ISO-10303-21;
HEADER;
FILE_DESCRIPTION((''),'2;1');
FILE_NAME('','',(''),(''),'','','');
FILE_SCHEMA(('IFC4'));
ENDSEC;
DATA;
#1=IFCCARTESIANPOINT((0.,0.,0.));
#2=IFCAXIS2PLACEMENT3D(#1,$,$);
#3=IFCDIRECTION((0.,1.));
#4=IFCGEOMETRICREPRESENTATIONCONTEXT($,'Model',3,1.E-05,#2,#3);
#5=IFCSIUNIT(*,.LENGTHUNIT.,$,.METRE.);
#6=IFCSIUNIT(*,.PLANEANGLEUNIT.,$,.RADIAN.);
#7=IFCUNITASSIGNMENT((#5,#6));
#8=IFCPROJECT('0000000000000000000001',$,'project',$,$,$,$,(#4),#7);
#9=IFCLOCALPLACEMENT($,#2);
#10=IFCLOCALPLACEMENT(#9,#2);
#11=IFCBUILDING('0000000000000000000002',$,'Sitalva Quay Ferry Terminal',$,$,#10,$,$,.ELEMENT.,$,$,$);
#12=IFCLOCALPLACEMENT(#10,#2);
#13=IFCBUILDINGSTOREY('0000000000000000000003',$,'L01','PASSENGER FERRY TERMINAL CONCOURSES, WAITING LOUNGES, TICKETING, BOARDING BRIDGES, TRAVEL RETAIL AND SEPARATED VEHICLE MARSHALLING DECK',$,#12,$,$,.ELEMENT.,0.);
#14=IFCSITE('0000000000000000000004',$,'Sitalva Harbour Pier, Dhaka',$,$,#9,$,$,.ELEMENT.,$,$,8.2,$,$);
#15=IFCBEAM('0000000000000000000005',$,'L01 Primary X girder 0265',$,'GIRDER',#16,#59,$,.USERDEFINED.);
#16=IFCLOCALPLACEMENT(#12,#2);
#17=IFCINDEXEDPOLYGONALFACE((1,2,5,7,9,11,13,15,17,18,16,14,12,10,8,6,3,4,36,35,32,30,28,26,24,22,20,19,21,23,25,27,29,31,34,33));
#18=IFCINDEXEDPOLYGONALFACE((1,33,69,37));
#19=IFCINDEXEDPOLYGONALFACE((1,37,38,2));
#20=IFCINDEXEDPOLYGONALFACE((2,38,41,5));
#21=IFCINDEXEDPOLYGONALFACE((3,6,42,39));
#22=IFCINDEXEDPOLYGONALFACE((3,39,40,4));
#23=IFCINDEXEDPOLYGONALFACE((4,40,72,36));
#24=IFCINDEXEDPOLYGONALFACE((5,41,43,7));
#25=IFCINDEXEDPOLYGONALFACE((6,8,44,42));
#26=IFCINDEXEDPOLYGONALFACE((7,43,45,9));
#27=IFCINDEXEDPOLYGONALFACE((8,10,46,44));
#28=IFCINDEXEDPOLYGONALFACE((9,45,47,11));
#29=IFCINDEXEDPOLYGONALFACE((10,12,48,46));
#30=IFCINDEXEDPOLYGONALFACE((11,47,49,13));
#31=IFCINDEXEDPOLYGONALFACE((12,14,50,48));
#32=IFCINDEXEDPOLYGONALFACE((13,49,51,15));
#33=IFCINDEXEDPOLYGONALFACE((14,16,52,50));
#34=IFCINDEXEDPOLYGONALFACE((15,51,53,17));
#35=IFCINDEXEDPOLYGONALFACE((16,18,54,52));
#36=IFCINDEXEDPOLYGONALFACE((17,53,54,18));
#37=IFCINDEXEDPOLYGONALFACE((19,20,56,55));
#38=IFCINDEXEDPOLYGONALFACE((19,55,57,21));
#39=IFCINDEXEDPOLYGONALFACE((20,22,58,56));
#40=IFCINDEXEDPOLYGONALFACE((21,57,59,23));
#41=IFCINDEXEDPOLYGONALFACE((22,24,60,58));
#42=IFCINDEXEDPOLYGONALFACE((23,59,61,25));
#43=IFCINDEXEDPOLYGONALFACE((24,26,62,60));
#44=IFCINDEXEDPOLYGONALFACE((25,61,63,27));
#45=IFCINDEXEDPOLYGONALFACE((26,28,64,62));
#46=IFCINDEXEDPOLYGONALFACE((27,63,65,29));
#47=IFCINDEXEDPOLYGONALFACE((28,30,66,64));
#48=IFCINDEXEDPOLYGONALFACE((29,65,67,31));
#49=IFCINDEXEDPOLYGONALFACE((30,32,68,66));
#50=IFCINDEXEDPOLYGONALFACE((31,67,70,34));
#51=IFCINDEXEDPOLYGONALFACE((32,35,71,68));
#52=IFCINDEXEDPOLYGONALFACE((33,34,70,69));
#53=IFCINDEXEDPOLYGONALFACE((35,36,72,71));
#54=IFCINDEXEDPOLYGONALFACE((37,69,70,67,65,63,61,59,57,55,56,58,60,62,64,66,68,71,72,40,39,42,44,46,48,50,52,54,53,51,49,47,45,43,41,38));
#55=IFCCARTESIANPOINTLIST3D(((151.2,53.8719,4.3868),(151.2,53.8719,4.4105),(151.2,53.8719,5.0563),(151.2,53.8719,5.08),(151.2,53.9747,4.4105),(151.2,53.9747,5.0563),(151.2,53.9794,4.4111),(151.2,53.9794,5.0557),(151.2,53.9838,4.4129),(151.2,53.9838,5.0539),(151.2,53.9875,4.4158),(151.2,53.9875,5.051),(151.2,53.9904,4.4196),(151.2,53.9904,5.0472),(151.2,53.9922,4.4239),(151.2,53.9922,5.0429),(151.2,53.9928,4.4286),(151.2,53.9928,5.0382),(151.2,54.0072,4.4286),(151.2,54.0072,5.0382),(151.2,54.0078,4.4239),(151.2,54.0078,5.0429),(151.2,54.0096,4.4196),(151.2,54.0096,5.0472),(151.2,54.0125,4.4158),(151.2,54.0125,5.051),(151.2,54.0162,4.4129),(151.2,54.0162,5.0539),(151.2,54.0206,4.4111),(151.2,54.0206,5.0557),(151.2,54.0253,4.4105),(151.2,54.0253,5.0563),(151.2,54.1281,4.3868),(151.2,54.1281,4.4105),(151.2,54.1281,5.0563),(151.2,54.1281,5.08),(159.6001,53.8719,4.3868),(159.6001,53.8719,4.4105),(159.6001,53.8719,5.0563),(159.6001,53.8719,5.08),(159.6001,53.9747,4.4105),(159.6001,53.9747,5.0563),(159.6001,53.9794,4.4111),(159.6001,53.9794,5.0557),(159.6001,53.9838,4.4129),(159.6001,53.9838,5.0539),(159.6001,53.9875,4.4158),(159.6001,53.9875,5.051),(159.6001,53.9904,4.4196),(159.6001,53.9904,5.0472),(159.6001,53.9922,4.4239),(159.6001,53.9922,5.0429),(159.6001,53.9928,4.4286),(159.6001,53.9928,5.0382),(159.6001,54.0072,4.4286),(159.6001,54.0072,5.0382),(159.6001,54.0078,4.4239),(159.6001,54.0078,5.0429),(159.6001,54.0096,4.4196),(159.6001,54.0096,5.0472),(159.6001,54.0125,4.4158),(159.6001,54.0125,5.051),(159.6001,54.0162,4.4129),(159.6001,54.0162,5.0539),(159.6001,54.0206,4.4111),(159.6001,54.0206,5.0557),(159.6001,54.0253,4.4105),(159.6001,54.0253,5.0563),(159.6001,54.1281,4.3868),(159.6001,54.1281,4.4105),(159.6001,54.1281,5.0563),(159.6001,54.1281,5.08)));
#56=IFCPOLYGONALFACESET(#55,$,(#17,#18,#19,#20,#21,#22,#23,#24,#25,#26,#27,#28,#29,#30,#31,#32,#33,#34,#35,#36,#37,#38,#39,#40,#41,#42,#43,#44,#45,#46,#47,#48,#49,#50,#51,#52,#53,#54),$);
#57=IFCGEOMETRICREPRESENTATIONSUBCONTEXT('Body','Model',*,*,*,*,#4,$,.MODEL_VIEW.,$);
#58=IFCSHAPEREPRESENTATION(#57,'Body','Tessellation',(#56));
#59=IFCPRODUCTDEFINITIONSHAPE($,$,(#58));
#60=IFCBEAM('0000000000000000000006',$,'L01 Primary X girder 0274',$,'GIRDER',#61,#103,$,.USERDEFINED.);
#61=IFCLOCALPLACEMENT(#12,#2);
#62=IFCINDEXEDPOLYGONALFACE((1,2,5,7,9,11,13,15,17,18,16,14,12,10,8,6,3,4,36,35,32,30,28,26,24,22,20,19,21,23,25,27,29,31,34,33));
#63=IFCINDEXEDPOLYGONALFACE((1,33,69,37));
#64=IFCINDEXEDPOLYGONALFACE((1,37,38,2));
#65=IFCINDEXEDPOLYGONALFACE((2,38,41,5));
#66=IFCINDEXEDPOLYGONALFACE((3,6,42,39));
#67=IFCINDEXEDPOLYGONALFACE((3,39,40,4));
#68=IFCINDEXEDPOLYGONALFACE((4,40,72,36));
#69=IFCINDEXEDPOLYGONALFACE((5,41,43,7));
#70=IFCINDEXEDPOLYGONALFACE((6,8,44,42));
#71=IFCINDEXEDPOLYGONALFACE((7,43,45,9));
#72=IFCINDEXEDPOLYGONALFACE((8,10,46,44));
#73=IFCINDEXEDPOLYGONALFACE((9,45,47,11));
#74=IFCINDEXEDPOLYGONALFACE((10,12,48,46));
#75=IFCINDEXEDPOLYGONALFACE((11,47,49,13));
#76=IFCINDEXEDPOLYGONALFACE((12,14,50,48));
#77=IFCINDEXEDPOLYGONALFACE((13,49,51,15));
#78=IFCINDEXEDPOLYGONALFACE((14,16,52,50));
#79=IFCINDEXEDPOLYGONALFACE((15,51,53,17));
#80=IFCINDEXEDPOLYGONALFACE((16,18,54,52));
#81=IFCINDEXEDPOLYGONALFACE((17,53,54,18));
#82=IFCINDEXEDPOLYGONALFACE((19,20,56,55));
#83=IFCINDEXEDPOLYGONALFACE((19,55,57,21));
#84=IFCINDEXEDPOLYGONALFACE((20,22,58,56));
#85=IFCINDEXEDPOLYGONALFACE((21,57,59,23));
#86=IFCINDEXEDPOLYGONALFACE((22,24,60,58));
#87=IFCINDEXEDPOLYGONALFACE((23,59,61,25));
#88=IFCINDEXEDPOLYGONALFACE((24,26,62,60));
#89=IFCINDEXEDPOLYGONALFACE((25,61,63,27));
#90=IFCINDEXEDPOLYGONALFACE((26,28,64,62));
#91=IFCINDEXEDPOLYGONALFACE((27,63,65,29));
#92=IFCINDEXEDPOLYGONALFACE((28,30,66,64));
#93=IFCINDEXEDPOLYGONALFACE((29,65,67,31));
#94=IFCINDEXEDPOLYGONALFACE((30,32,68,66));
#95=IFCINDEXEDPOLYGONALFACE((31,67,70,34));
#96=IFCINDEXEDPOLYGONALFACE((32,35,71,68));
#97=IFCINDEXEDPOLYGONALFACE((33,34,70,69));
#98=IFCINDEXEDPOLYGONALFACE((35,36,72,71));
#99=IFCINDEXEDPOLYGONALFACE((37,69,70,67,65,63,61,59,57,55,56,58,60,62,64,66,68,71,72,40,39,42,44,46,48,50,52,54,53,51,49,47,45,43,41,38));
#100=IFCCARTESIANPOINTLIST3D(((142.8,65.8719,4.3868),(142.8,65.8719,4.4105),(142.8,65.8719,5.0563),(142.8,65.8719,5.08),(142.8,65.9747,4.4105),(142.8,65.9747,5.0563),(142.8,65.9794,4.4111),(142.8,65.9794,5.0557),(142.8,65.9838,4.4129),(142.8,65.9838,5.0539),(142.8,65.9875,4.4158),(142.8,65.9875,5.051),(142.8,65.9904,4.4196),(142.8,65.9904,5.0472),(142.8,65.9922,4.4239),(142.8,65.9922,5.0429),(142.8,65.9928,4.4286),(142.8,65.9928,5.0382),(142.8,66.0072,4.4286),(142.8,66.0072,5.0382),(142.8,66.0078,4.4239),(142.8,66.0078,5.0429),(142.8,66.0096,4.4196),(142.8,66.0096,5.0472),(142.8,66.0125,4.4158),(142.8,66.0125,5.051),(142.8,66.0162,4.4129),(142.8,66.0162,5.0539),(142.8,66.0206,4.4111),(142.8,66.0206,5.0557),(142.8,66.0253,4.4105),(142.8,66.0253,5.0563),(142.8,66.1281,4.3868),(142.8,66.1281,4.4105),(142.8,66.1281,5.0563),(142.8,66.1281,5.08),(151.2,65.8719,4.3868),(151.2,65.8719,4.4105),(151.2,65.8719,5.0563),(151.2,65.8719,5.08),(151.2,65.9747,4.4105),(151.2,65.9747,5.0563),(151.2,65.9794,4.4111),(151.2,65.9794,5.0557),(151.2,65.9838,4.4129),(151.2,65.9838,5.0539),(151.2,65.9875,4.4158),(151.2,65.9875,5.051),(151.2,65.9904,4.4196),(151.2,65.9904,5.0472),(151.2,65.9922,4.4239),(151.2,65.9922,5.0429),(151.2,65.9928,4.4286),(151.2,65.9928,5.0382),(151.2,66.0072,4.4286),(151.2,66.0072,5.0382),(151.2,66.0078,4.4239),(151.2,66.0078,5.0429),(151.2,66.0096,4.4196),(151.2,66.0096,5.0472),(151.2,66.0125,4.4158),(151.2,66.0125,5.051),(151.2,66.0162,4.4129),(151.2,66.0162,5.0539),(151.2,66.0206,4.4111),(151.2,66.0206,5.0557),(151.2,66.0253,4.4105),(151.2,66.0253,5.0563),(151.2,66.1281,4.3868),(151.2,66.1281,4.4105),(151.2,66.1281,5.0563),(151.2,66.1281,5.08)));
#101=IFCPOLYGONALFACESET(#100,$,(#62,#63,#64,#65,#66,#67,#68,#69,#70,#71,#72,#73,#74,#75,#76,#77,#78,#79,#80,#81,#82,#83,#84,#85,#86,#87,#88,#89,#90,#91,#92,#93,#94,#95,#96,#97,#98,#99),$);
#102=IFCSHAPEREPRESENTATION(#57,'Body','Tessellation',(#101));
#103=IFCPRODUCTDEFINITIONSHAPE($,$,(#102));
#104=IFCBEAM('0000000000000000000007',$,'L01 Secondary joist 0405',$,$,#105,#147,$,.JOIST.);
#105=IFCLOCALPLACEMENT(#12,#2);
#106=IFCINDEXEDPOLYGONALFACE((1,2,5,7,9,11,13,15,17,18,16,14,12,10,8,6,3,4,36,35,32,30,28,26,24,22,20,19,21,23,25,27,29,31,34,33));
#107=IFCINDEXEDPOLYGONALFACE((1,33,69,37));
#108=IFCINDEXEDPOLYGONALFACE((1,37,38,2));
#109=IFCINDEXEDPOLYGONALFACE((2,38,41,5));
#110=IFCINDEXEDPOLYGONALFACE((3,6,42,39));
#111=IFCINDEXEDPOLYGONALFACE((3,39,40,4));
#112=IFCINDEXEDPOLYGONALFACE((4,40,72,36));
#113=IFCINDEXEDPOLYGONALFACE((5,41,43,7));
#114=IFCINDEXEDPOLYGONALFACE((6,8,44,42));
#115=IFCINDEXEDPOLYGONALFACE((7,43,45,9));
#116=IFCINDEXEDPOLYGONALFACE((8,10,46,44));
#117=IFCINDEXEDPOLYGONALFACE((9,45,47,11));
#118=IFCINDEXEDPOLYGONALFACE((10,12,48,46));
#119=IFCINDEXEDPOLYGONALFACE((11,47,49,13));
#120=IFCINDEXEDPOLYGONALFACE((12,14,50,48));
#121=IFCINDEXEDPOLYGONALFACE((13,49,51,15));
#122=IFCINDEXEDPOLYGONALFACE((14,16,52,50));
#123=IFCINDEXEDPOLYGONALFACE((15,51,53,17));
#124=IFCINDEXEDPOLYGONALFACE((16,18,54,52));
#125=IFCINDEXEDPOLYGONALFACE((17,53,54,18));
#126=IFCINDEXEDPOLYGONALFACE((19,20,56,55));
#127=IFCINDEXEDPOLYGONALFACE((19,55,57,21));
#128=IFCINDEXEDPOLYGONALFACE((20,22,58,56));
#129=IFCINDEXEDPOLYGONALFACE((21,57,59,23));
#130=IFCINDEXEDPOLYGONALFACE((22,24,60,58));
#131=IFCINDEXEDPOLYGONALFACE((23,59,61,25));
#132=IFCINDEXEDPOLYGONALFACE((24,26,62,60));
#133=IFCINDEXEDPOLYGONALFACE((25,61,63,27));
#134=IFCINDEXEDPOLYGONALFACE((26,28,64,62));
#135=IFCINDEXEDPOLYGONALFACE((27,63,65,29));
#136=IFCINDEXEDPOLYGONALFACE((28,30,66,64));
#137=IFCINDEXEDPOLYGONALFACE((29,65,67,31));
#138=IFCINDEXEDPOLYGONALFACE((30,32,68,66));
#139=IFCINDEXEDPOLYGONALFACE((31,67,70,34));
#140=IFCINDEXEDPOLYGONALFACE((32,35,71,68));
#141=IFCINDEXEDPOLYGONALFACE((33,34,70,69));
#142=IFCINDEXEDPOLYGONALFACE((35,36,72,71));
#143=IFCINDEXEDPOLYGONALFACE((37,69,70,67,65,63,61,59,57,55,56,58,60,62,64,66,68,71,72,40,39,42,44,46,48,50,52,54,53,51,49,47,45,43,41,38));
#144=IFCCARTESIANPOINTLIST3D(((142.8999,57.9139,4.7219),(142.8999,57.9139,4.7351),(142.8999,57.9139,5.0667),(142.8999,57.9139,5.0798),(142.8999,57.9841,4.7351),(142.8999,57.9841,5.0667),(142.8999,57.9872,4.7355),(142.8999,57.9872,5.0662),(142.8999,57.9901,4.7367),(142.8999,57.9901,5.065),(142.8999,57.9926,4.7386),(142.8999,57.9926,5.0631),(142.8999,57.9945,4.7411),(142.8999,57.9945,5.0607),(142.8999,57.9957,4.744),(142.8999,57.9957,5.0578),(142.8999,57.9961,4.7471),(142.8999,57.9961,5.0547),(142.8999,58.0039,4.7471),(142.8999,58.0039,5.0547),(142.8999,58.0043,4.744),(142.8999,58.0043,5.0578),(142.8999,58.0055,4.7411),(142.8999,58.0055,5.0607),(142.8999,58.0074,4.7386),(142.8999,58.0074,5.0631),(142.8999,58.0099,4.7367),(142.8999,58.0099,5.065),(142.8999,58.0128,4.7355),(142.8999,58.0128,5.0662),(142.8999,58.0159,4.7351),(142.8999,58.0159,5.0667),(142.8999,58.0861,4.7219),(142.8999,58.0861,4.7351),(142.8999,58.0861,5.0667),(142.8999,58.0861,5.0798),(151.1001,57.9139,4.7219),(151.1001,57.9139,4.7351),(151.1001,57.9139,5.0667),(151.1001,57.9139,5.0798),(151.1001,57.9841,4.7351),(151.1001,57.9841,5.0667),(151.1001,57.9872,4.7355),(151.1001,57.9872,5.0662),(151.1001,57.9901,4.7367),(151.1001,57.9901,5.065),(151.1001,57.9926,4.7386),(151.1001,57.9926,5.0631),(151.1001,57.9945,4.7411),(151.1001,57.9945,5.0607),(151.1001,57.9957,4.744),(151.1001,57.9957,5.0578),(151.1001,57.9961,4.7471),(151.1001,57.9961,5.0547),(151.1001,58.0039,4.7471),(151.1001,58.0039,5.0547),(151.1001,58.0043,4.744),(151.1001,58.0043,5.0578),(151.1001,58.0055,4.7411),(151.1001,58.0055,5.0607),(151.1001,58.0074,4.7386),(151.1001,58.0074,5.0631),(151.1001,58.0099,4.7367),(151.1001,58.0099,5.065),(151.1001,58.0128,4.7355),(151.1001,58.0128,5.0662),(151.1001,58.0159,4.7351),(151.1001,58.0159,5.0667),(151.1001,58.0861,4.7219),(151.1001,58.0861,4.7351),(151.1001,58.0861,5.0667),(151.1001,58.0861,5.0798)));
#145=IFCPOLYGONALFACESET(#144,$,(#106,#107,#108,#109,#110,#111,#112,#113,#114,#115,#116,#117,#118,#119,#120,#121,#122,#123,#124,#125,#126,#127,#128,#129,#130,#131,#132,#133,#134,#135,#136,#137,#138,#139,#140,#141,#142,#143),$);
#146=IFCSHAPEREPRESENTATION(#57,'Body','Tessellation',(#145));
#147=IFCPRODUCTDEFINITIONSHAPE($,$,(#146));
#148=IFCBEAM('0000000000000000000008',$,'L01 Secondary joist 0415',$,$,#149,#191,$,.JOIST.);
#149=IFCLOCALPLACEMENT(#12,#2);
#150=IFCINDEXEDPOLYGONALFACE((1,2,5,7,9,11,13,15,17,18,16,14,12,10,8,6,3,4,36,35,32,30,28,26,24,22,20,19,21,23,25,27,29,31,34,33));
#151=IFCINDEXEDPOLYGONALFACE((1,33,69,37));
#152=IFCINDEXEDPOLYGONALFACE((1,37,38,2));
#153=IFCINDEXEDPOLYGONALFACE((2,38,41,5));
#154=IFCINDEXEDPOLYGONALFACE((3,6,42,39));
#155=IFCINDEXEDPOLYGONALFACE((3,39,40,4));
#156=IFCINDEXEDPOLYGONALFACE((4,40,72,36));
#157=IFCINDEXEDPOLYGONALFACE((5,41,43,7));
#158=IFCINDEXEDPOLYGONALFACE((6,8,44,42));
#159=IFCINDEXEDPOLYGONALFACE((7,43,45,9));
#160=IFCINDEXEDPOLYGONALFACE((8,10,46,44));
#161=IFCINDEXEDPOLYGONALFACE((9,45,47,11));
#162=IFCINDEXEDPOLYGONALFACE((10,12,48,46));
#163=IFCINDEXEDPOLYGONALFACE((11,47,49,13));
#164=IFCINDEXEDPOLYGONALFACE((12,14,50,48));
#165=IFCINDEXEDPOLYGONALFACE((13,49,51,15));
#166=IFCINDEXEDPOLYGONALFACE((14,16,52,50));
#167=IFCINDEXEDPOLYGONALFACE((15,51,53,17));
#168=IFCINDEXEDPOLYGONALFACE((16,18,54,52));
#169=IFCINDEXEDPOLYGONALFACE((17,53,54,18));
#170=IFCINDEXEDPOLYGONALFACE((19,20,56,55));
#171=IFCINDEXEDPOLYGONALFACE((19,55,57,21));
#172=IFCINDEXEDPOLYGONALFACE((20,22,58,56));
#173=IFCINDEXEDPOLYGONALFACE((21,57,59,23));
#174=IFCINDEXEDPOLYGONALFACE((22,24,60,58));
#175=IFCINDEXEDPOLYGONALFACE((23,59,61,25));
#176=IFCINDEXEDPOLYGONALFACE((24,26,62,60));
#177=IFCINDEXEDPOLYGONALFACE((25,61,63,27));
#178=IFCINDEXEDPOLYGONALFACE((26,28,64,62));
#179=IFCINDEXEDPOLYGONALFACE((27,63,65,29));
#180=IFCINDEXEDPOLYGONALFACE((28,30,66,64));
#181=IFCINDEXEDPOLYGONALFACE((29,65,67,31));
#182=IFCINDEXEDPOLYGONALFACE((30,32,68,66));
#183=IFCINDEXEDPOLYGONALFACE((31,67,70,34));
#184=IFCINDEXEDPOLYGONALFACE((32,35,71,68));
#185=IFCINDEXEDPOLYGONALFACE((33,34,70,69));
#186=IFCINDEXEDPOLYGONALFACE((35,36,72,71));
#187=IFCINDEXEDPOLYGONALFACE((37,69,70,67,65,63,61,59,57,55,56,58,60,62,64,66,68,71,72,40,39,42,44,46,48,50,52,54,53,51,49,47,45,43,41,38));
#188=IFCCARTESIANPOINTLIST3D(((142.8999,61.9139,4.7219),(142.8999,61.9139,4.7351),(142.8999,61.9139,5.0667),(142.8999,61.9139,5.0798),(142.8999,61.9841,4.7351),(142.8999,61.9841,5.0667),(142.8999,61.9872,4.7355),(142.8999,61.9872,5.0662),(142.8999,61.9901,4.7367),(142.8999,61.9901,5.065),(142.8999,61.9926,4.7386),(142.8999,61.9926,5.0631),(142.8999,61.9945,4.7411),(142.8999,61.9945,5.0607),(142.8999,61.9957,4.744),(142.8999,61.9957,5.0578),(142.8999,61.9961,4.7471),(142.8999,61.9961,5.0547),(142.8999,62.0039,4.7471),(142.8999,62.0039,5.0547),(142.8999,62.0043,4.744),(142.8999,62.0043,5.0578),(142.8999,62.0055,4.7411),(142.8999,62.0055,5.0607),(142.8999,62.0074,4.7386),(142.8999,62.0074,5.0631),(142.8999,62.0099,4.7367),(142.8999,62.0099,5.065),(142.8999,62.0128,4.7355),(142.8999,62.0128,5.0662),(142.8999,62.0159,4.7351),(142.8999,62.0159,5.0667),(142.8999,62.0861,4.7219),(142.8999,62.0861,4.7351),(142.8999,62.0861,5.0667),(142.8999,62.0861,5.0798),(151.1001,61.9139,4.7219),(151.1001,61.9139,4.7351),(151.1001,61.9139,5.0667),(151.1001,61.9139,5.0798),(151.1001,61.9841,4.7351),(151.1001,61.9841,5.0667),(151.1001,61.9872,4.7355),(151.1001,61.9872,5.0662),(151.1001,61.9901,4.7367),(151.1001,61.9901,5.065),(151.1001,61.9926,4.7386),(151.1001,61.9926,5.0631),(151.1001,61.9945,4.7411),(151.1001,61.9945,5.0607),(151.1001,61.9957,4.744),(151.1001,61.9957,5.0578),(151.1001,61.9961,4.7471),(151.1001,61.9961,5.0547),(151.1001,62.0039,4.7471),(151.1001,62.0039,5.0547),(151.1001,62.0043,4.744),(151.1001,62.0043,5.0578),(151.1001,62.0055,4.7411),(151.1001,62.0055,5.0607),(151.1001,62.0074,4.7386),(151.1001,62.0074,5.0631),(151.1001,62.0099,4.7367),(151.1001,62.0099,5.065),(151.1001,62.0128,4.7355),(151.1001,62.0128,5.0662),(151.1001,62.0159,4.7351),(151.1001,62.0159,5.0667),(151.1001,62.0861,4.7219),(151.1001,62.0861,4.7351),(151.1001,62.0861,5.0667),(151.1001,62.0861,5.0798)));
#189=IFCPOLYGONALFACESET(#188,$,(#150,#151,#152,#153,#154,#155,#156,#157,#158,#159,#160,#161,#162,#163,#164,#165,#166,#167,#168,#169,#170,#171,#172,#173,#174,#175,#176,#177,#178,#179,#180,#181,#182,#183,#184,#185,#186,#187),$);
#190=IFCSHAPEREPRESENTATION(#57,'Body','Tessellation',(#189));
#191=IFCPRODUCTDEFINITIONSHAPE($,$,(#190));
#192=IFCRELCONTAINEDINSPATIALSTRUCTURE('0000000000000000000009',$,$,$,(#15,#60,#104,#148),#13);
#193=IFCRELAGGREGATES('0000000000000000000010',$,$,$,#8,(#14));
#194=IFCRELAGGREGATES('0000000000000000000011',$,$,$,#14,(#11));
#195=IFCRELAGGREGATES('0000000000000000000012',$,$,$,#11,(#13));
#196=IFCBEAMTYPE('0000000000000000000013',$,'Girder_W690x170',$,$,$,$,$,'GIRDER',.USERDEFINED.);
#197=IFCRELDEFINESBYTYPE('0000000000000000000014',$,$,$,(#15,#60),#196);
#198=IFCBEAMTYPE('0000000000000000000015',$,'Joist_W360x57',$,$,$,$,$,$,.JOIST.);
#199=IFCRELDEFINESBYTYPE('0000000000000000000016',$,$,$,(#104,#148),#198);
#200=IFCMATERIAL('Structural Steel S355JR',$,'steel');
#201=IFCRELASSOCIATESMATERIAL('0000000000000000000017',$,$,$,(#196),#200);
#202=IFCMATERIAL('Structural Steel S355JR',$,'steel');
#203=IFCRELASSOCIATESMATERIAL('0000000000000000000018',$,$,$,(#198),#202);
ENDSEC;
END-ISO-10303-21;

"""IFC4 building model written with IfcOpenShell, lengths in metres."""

from ifc_helpers import new_model, si_unit, direction, frame, origin, origin_2d, place, context, subcontext, project, spatial, i_section, extrude, material, material_profile, profile_set, type_object, element, save


model = new_model("IFC4")

# Units and contexts
model_context = context("Model", 3, precision=1e-05, world=origin(), true_north=direction((0.0, 1.0)))
body_context = subcontext(model_context, "Body", "Model", "MODEL_VIEW")
ifc_project = project(units=[si_unit("LENGTHUNIT", "METRE"), si_unit("PLANEANGLEUNIT", "RADIAN")], contexts=[model_context])

# Site, building, storey
site_placement = place(None, origin())
site = spatial("IfcSite", under=ifc_project, at=site_placement, Name="Sitalva Harbour Pier, Dhaka", CompositionType="ELEMENT", RefElevation=8.2)
building_placement = place(site_placement, origin())
building = spatial("IfcBuilding", under=site, at=building_placement, Name="Sitalva Quay Ferry Terminal", CompositionType="ELEMENT")
storey_placement = place(building_placement, origin())
storey = spatial("IfcBuildingStorey", under=building, at=storey_placement, Name="L01", Description="PASSENGER FERRY TERMINAL CONCOURSES, WAITING LOUNGES, TICKETING, BOARDING BRIDGES, TRAVEL RETAIL AND SEPARATED VEHICLE MARSHALLING DECK", CompositionType="ELEMENT", Elevation=0.0)

# Beams
ifc_material_1 = material(Name="Structural Steel S355JR", Category="steel")
ifc_material_profile_1 = material_profile(ifc_material_1, i_section(OverallWidth=0.2561, OverallDepth=0.6931, WebThickness=0.0144, FlangeThickness=0.0237, FilletRadius=0.0181, at=origin_2d()), Name="W690x170")
ifc_profile_set_1 = profile_set([ifc_material_profile_1], Name="Structural Steel S355JR")
beam_type_1 = type_object("IfcBeamType", Name="Girder_W690x170", ElementType="GIRDER", PredefinedType="USERDEFINED", material=ifc_profile_set_1)
beam_1_placement = place(storey_placement, frame((151.2, 54.0, 4.7334), z_axis=(1.0, 0.0, 0.0), x_axis=(0.0, 1.0, 0.0)))
element("IfcBeam", 1, at=beam_1_placement, inside=storey, type_object=beam_type_1, Name="L01 Primary X girder 0265", ObjectType="GIRDER", PredefinedType="USERDEFINED", context=body_context, shape_type="SweptSolid", body=[
    extrude(i_section(OverallWidth=0.2561, OverallDepth=0.6931, WebThickness=0.0144, FlangeThickness=0.0237, FilletRadius=0.0181, at=origin_2d()), origin(), (0.0, 0.0, 1.0), 8.4001),
])
beam_2_placement = place(storey_placement, frame((142.8, 66.0, 4.7334), z_axis=(1.0, 0.0, 0.0), x_axis=(0.0, 1.0, 0.0)))
element("IfcBeam", 2, at=beam_2_placement, inside=storey, type_object=beam_type_1, Name="L01 Primary X girder 0274", ObjectType="GIRDER", PredefinedType="USERDEFINED", context=body_context, shape_type="SweptSolid", body=[
    extrude(i_section(OverallWidth=0.2561, OverallDepth=0.6931, WebThickness=0.0144, FlangeThickness=0.0237, FilletRadius=0.0181, at=origin_2d()), origin(), (0.0, 0.0, 1.0), 8.3999),
])
ifc_material_2 = material(Name="Structural Steel S355JR", Category="steel")
ifc_material_profile_2 = material_profile(ifc_material_2, i_section(OverallWidth=0.1721, OverallDepth=0.3579, WebThickness=0.0078, FlangeThickness=0.0132, FilletRadius=0.012, at=origin_2d()), Name="W360x57")
ifc_profile_set_2 = profile_set([ifc_material_profile_2], Name="Structural Steel S355JR")
beam_type_2 = type_object("IfcBeamType", Name="Joist_W360x57", PredefinedType="JOIST", material=ifc_profile_set_2)
for number, where, z_axis, x_axis, name in (
    (3, (142.8999, 58.0, 4.9009), (1.0, 0.0, 0.0), (0.0, 1.0, 0.0), "L01 Secondary joist 0405"),
    (4, (142.8999, 62.0, 4.9009), (1.0, 0.0, 0.0), (0.0, 1.0, 0.0), "L01 Secondary joist 0415"),
):
    element("IfcBeam", number, at=place(storey_placement, frame(where, z_axis=z_axis, x_axis=x_axis)), inside=storey, type_object=beam_type_2, Name=name, PredefinedType="JOIST", context=body_context, shape_type="SweptSolid", body=[
        extrude(i_section(OverallWidth=0.1721, OverallDepth=0.3579, WebThickness=0.0078, FlangeThickness=0.0132, FilletRadius=0.012, at=origin_2d()), origin(), (0.0, 0.0, 1.0), 8.2002),
    ])

save(model, "model.ifc")
